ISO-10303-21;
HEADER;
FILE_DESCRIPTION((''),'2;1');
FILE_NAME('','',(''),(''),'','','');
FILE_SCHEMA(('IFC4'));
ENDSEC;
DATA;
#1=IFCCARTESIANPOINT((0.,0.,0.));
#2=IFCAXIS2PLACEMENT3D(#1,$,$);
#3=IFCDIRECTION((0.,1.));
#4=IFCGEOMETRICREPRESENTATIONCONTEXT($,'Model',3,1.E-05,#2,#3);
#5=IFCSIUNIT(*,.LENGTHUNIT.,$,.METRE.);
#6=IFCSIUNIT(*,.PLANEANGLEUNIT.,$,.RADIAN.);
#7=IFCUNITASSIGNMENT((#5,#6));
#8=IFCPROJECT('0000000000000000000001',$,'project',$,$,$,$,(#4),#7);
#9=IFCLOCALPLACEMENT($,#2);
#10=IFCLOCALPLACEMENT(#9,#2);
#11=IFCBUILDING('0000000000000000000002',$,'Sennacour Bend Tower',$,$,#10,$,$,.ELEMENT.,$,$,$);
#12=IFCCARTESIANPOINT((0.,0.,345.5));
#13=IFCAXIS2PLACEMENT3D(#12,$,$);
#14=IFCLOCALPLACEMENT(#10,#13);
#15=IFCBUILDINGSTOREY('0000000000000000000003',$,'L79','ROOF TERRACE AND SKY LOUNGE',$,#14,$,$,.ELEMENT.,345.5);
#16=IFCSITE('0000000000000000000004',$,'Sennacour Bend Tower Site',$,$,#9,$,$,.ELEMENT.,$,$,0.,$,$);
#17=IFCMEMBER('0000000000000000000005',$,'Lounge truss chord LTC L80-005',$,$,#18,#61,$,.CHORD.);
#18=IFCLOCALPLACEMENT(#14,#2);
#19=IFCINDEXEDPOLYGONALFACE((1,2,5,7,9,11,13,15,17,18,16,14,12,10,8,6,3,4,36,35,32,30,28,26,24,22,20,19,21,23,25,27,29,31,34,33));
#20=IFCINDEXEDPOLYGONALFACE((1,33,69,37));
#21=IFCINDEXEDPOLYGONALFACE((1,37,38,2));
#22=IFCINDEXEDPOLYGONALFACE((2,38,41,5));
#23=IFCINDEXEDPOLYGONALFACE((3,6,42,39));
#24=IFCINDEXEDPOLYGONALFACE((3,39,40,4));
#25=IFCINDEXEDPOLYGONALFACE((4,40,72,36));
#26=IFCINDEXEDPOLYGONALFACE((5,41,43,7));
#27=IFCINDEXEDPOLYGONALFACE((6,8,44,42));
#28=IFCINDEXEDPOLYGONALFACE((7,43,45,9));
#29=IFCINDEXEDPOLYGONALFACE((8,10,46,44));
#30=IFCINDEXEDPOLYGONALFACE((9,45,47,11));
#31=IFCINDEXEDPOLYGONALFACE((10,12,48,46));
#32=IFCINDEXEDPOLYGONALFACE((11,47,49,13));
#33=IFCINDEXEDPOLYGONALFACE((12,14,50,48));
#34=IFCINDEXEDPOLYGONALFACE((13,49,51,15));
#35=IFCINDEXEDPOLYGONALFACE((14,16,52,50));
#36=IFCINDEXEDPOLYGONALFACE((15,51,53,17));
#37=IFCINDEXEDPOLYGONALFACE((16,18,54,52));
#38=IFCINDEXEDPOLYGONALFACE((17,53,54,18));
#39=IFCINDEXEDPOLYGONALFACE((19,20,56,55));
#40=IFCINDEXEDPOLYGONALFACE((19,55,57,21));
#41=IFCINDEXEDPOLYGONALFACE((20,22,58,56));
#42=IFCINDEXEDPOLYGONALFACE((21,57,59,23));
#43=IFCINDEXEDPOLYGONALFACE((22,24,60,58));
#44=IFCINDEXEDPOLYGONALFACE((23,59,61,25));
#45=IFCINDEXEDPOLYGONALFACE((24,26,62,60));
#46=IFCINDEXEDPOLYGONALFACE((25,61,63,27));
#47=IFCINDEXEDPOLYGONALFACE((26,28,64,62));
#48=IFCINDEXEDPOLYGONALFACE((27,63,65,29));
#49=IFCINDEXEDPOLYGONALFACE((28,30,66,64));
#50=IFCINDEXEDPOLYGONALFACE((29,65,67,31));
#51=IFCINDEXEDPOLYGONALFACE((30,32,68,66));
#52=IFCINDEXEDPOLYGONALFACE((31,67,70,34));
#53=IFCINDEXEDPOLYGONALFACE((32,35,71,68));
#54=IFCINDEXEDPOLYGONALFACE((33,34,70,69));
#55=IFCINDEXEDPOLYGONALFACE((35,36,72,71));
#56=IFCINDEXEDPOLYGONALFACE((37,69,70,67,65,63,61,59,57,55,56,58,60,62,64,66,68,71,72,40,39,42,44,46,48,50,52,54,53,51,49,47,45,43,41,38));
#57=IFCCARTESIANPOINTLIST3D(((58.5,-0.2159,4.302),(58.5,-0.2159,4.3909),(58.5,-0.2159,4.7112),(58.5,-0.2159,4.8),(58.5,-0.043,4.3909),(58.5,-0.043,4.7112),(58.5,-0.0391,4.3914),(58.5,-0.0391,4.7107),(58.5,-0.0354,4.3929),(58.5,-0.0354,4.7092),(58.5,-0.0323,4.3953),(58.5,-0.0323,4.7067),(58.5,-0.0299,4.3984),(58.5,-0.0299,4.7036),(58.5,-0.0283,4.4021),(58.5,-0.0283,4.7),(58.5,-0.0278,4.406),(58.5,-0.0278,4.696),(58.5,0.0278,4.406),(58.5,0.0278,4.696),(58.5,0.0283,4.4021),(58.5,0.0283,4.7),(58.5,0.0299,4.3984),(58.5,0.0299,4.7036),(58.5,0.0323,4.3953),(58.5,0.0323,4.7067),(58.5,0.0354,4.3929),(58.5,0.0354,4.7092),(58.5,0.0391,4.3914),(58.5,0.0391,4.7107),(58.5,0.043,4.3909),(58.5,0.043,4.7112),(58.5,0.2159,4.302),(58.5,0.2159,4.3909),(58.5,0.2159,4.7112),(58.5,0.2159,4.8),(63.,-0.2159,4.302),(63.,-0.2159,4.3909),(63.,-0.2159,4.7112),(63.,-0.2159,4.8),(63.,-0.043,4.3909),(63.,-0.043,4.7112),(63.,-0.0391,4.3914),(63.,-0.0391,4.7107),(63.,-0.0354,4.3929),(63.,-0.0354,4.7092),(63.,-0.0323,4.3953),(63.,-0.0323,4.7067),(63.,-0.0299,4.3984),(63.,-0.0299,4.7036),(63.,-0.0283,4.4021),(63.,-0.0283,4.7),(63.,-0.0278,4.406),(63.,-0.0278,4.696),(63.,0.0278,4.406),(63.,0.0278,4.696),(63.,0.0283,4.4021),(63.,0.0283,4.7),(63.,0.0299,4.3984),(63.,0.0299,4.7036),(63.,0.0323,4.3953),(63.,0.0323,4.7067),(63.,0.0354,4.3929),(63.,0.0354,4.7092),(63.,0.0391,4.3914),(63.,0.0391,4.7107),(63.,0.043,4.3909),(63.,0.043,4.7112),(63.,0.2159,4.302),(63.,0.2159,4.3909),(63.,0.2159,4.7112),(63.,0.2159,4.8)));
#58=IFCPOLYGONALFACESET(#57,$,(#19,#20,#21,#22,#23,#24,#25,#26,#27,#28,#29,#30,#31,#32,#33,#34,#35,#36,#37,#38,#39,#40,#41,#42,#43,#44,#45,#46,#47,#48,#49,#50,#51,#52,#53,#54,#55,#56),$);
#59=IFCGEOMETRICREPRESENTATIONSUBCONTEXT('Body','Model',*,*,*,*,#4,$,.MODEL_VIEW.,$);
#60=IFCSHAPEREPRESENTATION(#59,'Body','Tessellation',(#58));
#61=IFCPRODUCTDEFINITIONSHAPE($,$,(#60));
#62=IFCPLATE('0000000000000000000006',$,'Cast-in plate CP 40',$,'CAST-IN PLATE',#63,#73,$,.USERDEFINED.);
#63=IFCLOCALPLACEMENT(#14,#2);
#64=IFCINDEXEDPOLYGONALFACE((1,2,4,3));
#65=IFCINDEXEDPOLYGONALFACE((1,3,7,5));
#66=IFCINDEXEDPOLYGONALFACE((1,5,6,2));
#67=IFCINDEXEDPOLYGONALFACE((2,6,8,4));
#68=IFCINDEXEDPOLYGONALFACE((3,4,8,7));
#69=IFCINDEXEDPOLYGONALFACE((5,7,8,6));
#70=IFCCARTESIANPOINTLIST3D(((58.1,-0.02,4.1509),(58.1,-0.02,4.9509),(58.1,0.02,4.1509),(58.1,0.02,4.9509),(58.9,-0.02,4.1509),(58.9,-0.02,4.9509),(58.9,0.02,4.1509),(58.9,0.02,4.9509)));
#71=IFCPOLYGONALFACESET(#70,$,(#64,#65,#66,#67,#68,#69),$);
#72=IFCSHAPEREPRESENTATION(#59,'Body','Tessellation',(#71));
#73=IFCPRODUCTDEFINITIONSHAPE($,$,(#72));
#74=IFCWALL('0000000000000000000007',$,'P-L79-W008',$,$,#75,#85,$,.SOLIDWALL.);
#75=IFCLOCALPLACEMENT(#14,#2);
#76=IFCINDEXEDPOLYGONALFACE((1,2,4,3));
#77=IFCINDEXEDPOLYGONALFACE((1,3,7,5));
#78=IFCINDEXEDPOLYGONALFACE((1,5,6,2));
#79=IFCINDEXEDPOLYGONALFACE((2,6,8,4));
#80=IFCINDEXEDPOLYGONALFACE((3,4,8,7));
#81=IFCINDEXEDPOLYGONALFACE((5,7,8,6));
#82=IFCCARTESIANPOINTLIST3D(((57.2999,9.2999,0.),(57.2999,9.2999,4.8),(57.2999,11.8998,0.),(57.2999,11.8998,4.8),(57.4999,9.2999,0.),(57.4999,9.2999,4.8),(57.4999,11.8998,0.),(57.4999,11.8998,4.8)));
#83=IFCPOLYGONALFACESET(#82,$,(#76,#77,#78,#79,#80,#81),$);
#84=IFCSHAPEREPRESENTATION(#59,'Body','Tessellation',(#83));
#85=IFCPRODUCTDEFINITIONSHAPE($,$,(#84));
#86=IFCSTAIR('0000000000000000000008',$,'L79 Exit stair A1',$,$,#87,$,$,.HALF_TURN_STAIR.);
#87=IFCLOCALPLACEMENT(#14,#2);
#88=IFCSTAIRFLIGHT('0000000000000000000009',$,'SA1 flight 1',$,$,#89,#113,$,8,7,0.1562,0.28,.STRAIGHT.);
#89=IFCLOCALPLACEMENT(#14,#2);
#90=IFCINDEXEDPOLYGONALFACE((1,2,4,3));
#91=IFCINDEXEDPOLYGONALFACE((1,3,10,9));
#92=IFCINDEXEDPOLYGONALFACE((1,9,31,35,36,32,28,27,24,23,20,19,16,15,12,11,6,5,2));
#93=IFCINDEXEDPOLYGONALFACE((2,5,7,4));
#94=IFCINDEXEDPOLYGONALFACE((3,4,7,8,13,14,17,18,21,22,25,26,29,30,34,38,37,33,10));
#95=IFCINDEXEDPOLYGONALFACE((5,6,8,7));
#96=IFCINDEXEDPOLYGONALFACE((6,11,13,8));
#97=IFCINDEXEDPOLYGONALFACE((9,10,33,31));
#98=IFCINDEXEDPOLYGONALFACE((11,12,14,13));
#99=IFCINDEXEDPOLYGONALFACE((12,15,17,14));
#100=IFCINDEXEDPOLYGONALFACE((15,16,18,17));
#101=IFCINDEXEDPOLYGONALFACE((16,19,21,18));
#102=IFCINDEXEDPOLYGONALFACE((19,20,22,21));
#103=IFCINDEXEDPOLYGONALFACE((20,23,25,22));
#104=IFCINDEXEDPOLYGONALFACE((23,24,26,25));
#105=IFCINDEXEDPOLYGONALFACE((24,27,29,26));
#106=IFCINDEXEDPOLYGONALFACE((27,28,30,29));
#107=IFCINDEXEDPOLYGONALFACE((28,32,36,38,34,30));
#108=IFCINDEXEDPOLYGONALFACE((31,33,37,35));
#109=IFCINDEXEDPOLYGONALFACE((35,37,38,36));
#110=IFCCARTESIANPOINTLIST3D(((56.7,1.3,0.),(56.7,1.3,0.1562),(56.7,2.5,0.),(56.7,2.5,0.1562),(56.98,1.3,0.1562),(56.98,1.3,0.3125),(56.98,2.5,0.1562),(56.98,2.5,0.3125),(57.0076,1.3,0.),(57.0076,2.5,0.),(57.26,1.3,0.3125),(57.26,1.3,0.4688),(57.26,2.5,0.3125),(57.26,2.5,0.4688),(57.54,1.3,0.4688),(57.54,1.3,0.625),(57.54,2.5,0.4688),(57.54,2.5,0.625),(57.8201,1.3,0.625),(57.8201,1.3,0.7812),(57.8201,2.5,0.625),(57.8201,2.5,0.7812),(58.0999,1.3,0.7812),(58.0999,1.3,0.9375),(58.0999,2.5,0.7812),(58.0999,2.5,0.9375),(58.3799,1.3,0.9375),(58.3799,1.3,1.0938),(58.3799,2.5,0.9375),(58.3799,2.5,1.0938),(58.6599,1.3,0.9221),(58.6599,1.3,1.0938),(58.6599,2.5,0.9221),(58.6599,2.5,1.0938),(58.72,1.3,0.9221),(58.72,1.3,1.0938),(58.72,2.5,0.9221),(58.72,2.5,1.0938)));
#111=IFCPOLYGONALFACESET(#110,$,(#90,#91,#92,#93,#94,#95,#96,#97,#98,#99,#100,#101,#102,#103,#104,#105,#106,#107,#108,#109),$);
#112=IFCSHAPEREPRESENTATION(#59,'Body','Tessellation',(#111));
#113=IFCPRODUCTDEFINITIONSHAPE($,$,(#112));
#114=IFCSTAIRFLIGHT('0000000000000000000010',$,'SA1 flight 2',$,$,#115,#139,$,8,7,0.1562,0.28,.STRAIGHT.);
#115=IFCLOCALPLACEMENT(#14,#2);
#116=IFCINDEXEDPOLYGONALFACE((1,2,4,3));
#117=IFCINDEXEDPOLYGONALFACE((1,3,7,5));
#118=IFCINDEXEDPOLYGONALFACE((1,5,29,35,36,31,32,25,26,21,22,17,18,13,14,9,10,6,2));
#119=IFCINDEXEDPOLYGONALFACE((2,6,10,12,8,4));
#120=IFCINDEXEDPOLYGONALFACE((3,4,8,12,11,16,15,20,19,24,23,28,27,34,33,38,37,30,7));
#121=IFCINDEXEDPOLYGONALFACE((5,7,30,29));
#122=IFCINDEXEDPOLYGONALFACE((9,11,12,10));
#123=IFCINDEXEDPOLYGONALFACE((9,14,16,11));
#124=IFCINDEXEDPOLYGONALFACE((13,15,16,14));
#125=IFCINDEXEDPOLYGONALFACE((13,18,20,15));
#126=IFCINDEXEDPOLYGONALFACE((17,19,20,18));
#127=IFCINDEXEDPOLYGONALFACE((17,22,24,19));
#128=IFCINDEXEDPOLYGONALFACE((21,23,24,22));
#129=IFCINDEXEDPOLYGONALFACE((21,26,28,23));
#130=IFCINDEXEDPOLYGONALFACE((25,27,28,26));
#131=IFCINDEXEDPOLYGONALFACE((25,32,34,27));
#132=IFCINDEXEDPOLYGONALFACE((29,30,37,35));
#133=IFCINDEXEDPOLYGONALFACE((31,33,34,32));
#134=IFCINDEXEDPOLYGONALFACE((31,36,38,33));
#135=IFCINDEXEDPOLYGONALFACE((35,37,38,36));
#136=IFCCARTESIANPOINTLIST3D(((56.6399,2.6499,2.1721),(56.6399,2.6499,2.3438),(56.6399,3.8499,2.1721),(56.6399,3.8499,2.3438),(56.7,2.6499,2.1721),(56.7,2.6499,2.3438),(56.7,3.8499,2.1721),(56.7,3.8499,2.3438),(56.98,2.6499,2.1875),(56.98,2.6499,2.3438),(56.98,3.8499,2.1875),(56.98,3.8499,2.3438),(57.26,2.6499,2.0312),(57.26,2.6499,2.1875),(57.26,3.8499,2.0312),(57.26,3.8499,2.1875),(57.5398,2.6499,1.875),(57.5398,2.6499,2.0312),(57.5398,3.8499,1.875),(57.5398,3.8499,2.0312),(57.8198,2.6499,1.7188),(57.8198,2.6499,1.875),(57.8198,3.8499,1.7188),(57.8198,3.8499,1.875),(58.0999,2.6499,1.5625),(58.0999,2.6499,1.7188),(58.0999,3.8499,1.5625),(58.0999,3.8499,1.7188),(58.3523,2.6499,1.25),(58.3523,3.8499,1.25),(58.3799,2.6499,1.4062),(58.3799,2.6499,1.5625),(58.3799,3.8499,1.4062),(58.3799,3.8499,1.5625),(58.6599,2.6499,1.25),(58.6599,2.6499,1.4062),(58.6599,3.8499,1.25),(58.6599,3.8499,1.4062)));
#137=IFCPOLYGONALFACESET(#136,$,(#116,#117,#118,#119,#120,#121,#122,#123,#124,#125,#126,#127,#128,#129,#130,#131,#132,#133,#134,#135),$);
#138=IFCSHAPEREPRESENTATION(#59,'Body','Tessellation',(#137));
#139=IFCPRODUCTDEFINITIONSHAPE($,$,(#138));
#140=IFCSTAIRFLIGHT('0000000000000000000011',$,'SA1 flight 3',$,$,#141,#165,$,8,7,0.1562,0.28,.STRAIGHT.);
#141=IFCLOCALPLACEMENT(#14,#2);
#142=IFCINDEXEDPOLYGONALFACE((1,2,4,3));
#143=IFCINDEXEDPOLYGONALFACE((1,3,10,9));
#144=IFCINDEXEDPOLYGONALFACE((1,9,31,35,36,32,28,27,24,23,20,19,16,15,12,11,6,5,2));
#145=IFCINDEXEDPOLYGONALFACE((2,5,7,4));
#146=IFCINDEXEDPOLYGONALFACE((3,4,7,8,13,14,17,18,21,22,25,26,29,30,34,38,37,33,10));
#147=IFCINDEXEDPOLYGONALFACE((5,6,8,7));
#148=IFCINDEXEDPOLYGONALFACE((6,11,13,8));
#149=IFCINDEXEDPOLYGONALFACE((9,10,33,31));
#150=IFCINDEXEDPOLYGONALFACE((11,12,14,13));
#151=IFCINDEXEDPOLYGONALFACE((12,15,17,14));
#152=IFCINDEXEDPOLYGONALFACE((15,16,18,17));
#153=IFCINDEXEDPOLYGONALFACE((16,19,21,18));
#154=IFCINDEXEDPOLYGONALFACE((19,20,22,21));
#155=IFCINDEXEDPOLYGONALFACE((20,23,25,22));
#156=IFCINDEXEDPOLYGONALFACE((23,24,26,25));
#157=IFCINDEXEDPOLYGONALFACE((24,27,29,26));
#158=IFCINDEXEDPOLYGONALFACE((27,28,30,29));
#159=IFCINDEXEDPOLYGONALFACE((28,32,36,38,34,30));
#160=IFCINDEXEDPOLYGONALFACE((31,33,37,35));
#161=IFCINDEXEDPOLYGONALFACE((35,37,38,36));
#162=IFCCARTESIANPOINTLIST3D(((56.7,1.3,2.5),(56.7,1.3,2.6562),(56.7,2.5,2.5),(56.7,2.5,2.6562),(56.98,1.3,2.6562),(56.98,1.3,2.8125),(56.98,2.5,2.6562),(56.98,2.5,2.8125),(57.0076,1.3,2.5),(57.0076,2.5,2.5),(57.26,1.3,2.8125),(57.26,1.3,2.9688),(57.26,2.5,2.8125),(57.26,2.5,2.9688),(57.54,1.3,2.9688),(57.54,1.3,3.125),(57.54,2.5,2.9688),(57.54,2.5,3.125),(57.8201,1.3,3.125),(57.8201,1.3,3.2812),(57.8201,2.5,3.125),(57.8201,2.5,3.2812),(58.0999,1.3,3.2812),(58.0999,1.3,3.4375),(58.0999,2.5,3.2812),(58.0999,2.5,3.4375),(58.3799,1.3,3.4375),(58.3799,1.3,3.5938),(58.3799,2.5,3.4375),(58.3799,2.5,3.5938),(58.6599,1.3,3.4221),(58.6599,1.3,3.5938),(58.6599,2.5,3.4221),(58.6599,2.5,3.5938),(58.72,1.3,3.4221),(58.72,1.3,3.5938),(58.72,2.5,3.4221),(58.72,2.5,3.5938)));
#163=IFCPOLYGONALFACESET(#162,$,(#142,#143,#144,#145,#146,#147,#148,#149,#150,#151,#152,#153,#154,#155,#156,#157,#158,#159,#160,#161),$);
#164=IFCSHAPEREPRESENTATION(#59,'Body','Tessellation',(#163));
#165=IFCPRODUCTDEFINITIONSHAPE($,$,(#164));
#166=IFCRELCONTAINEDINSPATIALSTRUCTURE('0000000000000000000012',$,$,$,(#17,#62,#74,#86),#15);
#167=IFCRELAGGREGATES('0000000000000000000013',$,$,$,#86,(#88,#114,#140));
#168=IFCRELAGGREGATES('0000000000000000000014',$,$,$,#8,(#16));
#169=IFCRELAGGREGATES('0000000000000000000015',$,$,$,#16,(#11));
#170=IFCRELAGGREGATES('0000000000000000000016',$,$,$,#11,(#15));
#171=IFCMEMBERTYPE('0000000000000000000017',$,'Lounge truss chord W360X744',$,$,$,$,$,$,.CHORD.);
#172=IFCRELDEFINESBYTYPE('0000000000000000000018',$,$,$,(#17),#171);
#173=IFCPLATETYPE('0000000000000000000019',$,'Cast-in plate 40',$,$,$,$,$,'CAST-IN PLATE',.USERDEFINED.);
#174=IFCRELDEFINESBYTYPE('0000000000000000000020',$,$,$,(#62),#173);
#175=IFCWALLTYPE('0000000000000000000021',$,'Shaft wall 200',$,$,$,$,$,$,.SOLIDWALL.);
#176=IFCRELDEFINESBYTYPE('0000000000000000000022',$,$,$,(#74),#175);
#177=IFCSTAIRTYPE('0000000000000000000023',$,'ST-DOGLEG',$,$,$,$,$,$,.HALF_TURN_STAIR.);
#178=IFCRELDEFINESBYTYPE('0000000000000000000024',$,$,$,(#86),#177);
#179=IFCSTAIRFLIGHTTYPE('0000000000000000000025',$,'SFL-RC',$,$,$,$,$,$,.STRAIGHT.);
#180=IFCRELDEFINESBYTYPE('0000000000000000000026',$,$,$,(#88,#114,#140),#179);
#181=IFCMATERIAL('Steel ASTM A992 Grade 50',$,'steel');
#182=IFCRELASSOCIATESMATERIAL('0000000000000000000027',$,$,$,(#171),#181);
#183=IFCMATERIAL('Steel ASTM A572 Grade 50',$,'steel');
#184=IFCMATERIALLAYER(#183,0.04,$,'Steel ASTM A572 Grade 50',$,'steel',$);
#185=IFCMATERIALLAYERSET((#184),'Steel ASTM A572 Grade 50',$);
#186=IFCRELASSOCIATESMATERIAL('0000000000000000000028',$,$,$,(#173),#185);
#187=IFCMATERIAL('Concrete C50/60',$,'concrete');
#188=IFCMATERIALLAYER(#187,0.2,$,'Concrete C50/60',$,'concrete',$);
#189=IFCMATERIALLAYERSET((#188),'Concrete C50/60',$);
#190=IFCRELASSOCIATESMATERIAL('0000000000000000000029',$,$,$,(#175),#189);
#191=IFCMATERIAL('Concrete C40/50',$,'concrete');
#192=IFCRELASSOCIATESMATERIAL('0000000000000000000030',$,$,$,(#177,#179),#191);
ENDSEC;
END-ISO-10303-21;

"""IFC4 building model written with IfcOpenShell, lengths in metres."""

from ifc_helpers import new_model, si_unit, direction, frame, frame_2d, origin, origin_2d, place, context, subcontext, project, spatial, polyline, rectangle, i_section, outline, extrude, material, layer, layer_set, material_profile, profile_set, type_object, element, aggregate, save


model = new_model("IFC4")

# Units and contexts
model_context = context("Model", 3, precision=1e-05, world=origin(), true_north=direction((0.0, 1.0)))
body_context = subcontext(model_context, "Body", "Model", "MODEL_VIEW")
ifc_project = project(units=[si_unit("LENGTHUNIT", "METRE"), si_unit("PLANEANGLEUNIT", "RADIAN")], contexts=[model_context])

# Site, building, storey
site_placement = place(None, origin())
site = spatial("IfcSite", under=ifc_project, at=site_placement, Name="Sennacour Bend Tower Site", CompositionType="ELEMENT", RefElevation=0.0)
building_placement = place(site_placement, origin())
building = spatial("IfcBuilding", under=site, at=building_placement, Name="Sennacour Bend Tower", CompositionType="ELEMENT")
storey_placement = place(building_placement, frame((0.0, 0.0, 345.5)))
storey = spatial("IfcBuildingStorey", under=building, at=storey_placement, Name="L79", Description="ROOF TERRACE AND SKY LOUNGE", CompositionType="ELEMENT", Elevation=345.5)

# Member
ifc_material_1 = material(Name="Steel ASTM A992 Grade 50", Category="steel")
ifc_material_profile = material_profile(ifc_material_1, i_section(OverallWidth=0.4319, OverallDepth=0.498, WebThickness=0.0557, FlangeThickness=0.0889, FilletRadius=0.0151, at=origin_2d()), Name="Steel ASTM A992 Grade 50", Category="steel")
ifc_profile_set = profile_set([ifc_material_profile], Name="Steel ASTM A992 Grade 50")
member_type = type_object("IfcMemberType", Name="Lounge truss chord W360X744", PredefinedType="CHORD", material=ifc_profile_set)
member_placement = place(storey_placement, frame((58.5, 0.0, 4.551), z_axis=(1.0, 0.0, 0.0), x_axis=(0.0, 1.0, 0.0)))
element("IfcMember", 1, at=member_placement, inside=storey, type_object=member_type, Name="Lounge truss chord LTC L80-005", PredefinedType="CHORD", context=body_context, shape_type="SweptSolid", body=[
    extrude(i_section(OverallWidth=0.4319, OverallDepth=0.498, WebThickness=0.0557, FlangeThickness=0.0889, FilletRadius=0.0151, at=origin_2d()), origin(), (0.0, 0.0, 1.0), 4.5),
])

# Plate
ifc_material_2 = material(Name="Steel ASTM A572 Grade 50", Category="steel")
ifc_layer_1 = layer(ifc_material_2, 0.04, Name="Steel ASTM A572 Grade 50", Category="steel")
ifc_layer_set_1 = layer_set([ifc_layer_1], Name="Steel ASTM A572 Grade 50")
plate_type = type_object("IfcPlateType", Name="Cast-in plate 40", ElementType="CAST-IN PLATE", PredefinedType="USERDEFINED", material=ifc_layer_set_1)
plate_placement = place(storey_placement, frame((58.5, 0.0, 4.1509), z_axis=(0.0, 0.0, 1.0), x_axis=(1.0, 0.0, 0.0)))
element("IfcPlate", 2, at=plate_placement, inside=storey, type_object=plate_type, Name="Cast-in plate CP 40", ObjectType="CAST-IN PLATE", PredefinedType="USERDEFINED", context=body_context, shape_type="SweptSolid", body=[
    extrude(rectangle(XDim=0.8, YDim=0.04, at=origin_2d()), origin(), (0.0, 0.0, 1.0), 0.8),
])

# Wall
ifc_material_3 = material(Name="Concrete C50/60", Category="concrete")
ifc_layer_2 = layer(ifc_material_3, 0.2, Name="Concrete C50/60", Category="concrete")
ifc_layer_set_2 = layer_set([ifc_layer_2], Name="Concrete C50/60")
wall_type = type_object("IfcWallType", Name="Shaft wall 200", PredefinedType="SOLIDWALL", material=ifc_layer_set_2)
wall_placement = place(storey_placement, frame((57.3999, 9.3, 0.0), z_axis=(0.0, 0.0, 1.0), x_axis=(0.0, 1.0, 0.0)))
element("IfcWall", 3, at=wall_placement, inside=storey, type_object=wall_type, Name="P-L79-W008", PredefinedType="SOLIDWALL", context=body_context, shape_type="SweptSolid", body=[
    extrude(rectangle(XDim=2.5999, YDim=0.2, at=frame_2d((1.2998, 0.0))), origin(), (0.0, 0.0, 1.0), 4.8),
])

# Stair, stair flights
ifc_material_4 = material(Name="Concrete C40/50", Category="concrete")
stair_type = type_object("IfcStairType", Name="ST-DOGLEG", PredefinedType="HALF_TURN_STAIR", material=ifc_material_4)
stair_placement = place(storey_placement, origin())
stair = element("IfcStair", 4, at=stair_placement, inside=storey, type_object=stair_type, Name="L79 Exit stair A1", PredefinedType="HALF_TURN_STAIR")
stair_flight_type = type_object("IfcStairFlightType", Name="SFL-RC", PredefinedType="STRAIGHT", material=ifc_material_4)
stair_flight_1_placement = place(storey_placement, frame((56.7, 1.8999, 0.0), z_axis=(0.0, 0.0, 1.0), x_axis=(1.0, 0.0, 0.0)))
stair_flight_1 = element("IfcStairFlight", 5, at=stair_flight_1_placement, type_object=stair_flight_type, Name="SA1 flight 1", NumberOfRisers=8, NumberOfTreads=7, PredefinedType="STRAIGHT", RiserHeight=0.1562, TreadLength=0.28, context=body_context, shape_type="SweptSolid", body=[
    extrude(outline(polyline([(0.0, 0.0), (0.0, 0.1562), (0.28, 0.1562), (0.28, 0.3125), (0.5601, 0.3125), (0.5601, 0.4688), (0.8401, 0.4688), (0.8401, 0.625), (1.1201, 0.625), (1.1201, 0.7812), (1.3999, 0.7812), (1.3999, 0.9375), (1.6799, 0.9375), (1.6799, 1.0938), (1.96, 1.0938), (2.02, 1.0938), (2.02, 0.9221), (1.96, 0.9221), (0.3076, 0.0), (0.0, 0.0)])), frame((0.0, 0.6001, 0.0), z_axis=(0.0, -1.0, 0.0), x_axis=(1.0, 0.0, 0.0)), (0.0, 0.0, 1.0), 1.2),
])
stair_flight_2_placement = place(storey_placement, frame((58.6599, 3.25, 1.25), z_axis=(0.0, 0.0, 1.0), x_axis=(-1.0, 0.0, 0.0)))
stair_flight_2 = element("IfcStairFlight", 6, at=stair_flight_2_placement, type_object=stair_flight_type, Name="SA1 flight 2", NumberOfRisers=8, NumberOfTreads=7, PredefinedType="STRAIGHT", RiserHeight=0.1562, TreadLength=0.28, context=body_context, shape_type="SweptSolid", body=[
    extrude(outline(polyline([(0.0, 0.0), (0.0, 0.1562), (0.28, 0.1562), (0.28, 0.3125), (0.5601, 0.3125), (0.5601, 0.4688), (0.8401, 0.4688), (0.8401, 0.625), (1.1201, 0.625), (1.1201, 0.7812), (1.3999, 0.7812), (1.3999, 0.9375), (1.6799, 0.9375), (1.6799, 1.0938), (1.96, 1.0938), (2.02, 1.0938), (2.02, 0.9221), (1.96, 0.9221), (0.3076, 0.0), (0.0, 0.0)])), frame((0.0, 0.6001, 0.0), z_axis=(0.0, -1.0, 0.0), x_axis=(1.0, 0.0, 0.0)), (0.0, 0.0, 1.0), 1.2),
])
stair_flight_3_placement = place(storey_placement, frame((56.7, 1.8999, 2.5), z_axis=(0.0, 0.0, 1.0), x_axis=(1.0, 0.0, 0.0)))
stair_flight_3 = element("IfcStairFlight", 7, at=stair_flight_3_placement, type_object=stair_flight_type, Name="SA1 flight 3", NumberOfRisers=8, NumberOfTreads=7, PredefinedType="STRAIGHT", RiserHeight=0.1562, TreadLength=0.28, context=body_context, shape_type="SweptSolid", body=[
    extrude(outline(polyline([(0.0, 0.0), (0.0, 0.1562), (0.28, 0.1562), (0.28, 0.3125), (0.5601, 0.3125), (0.5601, 0.4688), (0.8401, 0.4688), (0.8401, 0.625), (1.1201, 0.625), (1.1201, 0.7812), (1.3999, 0.7812), (1.3999, 0.9375), (1.6799, 0.9375), (1.6799, 1.0938), (1.96, 1.0938), (2.02, 1.0938), (2.02, 0.9221), (1.96, 0.9221), (0.3076, 0.0), (0.0, 0.0)])), frame((0.0, 0.6001, 0.0), z_axis=(0.0, -1.0, 0.0), x_axis=(1.0, 0.0, 0.0)), (0.0, 0.0, 1.0), 1.2),
])
aggregate(stair, [stair_flight_1, stair_flight_2, stair_flight_3])

save(model, "model.ifc")
